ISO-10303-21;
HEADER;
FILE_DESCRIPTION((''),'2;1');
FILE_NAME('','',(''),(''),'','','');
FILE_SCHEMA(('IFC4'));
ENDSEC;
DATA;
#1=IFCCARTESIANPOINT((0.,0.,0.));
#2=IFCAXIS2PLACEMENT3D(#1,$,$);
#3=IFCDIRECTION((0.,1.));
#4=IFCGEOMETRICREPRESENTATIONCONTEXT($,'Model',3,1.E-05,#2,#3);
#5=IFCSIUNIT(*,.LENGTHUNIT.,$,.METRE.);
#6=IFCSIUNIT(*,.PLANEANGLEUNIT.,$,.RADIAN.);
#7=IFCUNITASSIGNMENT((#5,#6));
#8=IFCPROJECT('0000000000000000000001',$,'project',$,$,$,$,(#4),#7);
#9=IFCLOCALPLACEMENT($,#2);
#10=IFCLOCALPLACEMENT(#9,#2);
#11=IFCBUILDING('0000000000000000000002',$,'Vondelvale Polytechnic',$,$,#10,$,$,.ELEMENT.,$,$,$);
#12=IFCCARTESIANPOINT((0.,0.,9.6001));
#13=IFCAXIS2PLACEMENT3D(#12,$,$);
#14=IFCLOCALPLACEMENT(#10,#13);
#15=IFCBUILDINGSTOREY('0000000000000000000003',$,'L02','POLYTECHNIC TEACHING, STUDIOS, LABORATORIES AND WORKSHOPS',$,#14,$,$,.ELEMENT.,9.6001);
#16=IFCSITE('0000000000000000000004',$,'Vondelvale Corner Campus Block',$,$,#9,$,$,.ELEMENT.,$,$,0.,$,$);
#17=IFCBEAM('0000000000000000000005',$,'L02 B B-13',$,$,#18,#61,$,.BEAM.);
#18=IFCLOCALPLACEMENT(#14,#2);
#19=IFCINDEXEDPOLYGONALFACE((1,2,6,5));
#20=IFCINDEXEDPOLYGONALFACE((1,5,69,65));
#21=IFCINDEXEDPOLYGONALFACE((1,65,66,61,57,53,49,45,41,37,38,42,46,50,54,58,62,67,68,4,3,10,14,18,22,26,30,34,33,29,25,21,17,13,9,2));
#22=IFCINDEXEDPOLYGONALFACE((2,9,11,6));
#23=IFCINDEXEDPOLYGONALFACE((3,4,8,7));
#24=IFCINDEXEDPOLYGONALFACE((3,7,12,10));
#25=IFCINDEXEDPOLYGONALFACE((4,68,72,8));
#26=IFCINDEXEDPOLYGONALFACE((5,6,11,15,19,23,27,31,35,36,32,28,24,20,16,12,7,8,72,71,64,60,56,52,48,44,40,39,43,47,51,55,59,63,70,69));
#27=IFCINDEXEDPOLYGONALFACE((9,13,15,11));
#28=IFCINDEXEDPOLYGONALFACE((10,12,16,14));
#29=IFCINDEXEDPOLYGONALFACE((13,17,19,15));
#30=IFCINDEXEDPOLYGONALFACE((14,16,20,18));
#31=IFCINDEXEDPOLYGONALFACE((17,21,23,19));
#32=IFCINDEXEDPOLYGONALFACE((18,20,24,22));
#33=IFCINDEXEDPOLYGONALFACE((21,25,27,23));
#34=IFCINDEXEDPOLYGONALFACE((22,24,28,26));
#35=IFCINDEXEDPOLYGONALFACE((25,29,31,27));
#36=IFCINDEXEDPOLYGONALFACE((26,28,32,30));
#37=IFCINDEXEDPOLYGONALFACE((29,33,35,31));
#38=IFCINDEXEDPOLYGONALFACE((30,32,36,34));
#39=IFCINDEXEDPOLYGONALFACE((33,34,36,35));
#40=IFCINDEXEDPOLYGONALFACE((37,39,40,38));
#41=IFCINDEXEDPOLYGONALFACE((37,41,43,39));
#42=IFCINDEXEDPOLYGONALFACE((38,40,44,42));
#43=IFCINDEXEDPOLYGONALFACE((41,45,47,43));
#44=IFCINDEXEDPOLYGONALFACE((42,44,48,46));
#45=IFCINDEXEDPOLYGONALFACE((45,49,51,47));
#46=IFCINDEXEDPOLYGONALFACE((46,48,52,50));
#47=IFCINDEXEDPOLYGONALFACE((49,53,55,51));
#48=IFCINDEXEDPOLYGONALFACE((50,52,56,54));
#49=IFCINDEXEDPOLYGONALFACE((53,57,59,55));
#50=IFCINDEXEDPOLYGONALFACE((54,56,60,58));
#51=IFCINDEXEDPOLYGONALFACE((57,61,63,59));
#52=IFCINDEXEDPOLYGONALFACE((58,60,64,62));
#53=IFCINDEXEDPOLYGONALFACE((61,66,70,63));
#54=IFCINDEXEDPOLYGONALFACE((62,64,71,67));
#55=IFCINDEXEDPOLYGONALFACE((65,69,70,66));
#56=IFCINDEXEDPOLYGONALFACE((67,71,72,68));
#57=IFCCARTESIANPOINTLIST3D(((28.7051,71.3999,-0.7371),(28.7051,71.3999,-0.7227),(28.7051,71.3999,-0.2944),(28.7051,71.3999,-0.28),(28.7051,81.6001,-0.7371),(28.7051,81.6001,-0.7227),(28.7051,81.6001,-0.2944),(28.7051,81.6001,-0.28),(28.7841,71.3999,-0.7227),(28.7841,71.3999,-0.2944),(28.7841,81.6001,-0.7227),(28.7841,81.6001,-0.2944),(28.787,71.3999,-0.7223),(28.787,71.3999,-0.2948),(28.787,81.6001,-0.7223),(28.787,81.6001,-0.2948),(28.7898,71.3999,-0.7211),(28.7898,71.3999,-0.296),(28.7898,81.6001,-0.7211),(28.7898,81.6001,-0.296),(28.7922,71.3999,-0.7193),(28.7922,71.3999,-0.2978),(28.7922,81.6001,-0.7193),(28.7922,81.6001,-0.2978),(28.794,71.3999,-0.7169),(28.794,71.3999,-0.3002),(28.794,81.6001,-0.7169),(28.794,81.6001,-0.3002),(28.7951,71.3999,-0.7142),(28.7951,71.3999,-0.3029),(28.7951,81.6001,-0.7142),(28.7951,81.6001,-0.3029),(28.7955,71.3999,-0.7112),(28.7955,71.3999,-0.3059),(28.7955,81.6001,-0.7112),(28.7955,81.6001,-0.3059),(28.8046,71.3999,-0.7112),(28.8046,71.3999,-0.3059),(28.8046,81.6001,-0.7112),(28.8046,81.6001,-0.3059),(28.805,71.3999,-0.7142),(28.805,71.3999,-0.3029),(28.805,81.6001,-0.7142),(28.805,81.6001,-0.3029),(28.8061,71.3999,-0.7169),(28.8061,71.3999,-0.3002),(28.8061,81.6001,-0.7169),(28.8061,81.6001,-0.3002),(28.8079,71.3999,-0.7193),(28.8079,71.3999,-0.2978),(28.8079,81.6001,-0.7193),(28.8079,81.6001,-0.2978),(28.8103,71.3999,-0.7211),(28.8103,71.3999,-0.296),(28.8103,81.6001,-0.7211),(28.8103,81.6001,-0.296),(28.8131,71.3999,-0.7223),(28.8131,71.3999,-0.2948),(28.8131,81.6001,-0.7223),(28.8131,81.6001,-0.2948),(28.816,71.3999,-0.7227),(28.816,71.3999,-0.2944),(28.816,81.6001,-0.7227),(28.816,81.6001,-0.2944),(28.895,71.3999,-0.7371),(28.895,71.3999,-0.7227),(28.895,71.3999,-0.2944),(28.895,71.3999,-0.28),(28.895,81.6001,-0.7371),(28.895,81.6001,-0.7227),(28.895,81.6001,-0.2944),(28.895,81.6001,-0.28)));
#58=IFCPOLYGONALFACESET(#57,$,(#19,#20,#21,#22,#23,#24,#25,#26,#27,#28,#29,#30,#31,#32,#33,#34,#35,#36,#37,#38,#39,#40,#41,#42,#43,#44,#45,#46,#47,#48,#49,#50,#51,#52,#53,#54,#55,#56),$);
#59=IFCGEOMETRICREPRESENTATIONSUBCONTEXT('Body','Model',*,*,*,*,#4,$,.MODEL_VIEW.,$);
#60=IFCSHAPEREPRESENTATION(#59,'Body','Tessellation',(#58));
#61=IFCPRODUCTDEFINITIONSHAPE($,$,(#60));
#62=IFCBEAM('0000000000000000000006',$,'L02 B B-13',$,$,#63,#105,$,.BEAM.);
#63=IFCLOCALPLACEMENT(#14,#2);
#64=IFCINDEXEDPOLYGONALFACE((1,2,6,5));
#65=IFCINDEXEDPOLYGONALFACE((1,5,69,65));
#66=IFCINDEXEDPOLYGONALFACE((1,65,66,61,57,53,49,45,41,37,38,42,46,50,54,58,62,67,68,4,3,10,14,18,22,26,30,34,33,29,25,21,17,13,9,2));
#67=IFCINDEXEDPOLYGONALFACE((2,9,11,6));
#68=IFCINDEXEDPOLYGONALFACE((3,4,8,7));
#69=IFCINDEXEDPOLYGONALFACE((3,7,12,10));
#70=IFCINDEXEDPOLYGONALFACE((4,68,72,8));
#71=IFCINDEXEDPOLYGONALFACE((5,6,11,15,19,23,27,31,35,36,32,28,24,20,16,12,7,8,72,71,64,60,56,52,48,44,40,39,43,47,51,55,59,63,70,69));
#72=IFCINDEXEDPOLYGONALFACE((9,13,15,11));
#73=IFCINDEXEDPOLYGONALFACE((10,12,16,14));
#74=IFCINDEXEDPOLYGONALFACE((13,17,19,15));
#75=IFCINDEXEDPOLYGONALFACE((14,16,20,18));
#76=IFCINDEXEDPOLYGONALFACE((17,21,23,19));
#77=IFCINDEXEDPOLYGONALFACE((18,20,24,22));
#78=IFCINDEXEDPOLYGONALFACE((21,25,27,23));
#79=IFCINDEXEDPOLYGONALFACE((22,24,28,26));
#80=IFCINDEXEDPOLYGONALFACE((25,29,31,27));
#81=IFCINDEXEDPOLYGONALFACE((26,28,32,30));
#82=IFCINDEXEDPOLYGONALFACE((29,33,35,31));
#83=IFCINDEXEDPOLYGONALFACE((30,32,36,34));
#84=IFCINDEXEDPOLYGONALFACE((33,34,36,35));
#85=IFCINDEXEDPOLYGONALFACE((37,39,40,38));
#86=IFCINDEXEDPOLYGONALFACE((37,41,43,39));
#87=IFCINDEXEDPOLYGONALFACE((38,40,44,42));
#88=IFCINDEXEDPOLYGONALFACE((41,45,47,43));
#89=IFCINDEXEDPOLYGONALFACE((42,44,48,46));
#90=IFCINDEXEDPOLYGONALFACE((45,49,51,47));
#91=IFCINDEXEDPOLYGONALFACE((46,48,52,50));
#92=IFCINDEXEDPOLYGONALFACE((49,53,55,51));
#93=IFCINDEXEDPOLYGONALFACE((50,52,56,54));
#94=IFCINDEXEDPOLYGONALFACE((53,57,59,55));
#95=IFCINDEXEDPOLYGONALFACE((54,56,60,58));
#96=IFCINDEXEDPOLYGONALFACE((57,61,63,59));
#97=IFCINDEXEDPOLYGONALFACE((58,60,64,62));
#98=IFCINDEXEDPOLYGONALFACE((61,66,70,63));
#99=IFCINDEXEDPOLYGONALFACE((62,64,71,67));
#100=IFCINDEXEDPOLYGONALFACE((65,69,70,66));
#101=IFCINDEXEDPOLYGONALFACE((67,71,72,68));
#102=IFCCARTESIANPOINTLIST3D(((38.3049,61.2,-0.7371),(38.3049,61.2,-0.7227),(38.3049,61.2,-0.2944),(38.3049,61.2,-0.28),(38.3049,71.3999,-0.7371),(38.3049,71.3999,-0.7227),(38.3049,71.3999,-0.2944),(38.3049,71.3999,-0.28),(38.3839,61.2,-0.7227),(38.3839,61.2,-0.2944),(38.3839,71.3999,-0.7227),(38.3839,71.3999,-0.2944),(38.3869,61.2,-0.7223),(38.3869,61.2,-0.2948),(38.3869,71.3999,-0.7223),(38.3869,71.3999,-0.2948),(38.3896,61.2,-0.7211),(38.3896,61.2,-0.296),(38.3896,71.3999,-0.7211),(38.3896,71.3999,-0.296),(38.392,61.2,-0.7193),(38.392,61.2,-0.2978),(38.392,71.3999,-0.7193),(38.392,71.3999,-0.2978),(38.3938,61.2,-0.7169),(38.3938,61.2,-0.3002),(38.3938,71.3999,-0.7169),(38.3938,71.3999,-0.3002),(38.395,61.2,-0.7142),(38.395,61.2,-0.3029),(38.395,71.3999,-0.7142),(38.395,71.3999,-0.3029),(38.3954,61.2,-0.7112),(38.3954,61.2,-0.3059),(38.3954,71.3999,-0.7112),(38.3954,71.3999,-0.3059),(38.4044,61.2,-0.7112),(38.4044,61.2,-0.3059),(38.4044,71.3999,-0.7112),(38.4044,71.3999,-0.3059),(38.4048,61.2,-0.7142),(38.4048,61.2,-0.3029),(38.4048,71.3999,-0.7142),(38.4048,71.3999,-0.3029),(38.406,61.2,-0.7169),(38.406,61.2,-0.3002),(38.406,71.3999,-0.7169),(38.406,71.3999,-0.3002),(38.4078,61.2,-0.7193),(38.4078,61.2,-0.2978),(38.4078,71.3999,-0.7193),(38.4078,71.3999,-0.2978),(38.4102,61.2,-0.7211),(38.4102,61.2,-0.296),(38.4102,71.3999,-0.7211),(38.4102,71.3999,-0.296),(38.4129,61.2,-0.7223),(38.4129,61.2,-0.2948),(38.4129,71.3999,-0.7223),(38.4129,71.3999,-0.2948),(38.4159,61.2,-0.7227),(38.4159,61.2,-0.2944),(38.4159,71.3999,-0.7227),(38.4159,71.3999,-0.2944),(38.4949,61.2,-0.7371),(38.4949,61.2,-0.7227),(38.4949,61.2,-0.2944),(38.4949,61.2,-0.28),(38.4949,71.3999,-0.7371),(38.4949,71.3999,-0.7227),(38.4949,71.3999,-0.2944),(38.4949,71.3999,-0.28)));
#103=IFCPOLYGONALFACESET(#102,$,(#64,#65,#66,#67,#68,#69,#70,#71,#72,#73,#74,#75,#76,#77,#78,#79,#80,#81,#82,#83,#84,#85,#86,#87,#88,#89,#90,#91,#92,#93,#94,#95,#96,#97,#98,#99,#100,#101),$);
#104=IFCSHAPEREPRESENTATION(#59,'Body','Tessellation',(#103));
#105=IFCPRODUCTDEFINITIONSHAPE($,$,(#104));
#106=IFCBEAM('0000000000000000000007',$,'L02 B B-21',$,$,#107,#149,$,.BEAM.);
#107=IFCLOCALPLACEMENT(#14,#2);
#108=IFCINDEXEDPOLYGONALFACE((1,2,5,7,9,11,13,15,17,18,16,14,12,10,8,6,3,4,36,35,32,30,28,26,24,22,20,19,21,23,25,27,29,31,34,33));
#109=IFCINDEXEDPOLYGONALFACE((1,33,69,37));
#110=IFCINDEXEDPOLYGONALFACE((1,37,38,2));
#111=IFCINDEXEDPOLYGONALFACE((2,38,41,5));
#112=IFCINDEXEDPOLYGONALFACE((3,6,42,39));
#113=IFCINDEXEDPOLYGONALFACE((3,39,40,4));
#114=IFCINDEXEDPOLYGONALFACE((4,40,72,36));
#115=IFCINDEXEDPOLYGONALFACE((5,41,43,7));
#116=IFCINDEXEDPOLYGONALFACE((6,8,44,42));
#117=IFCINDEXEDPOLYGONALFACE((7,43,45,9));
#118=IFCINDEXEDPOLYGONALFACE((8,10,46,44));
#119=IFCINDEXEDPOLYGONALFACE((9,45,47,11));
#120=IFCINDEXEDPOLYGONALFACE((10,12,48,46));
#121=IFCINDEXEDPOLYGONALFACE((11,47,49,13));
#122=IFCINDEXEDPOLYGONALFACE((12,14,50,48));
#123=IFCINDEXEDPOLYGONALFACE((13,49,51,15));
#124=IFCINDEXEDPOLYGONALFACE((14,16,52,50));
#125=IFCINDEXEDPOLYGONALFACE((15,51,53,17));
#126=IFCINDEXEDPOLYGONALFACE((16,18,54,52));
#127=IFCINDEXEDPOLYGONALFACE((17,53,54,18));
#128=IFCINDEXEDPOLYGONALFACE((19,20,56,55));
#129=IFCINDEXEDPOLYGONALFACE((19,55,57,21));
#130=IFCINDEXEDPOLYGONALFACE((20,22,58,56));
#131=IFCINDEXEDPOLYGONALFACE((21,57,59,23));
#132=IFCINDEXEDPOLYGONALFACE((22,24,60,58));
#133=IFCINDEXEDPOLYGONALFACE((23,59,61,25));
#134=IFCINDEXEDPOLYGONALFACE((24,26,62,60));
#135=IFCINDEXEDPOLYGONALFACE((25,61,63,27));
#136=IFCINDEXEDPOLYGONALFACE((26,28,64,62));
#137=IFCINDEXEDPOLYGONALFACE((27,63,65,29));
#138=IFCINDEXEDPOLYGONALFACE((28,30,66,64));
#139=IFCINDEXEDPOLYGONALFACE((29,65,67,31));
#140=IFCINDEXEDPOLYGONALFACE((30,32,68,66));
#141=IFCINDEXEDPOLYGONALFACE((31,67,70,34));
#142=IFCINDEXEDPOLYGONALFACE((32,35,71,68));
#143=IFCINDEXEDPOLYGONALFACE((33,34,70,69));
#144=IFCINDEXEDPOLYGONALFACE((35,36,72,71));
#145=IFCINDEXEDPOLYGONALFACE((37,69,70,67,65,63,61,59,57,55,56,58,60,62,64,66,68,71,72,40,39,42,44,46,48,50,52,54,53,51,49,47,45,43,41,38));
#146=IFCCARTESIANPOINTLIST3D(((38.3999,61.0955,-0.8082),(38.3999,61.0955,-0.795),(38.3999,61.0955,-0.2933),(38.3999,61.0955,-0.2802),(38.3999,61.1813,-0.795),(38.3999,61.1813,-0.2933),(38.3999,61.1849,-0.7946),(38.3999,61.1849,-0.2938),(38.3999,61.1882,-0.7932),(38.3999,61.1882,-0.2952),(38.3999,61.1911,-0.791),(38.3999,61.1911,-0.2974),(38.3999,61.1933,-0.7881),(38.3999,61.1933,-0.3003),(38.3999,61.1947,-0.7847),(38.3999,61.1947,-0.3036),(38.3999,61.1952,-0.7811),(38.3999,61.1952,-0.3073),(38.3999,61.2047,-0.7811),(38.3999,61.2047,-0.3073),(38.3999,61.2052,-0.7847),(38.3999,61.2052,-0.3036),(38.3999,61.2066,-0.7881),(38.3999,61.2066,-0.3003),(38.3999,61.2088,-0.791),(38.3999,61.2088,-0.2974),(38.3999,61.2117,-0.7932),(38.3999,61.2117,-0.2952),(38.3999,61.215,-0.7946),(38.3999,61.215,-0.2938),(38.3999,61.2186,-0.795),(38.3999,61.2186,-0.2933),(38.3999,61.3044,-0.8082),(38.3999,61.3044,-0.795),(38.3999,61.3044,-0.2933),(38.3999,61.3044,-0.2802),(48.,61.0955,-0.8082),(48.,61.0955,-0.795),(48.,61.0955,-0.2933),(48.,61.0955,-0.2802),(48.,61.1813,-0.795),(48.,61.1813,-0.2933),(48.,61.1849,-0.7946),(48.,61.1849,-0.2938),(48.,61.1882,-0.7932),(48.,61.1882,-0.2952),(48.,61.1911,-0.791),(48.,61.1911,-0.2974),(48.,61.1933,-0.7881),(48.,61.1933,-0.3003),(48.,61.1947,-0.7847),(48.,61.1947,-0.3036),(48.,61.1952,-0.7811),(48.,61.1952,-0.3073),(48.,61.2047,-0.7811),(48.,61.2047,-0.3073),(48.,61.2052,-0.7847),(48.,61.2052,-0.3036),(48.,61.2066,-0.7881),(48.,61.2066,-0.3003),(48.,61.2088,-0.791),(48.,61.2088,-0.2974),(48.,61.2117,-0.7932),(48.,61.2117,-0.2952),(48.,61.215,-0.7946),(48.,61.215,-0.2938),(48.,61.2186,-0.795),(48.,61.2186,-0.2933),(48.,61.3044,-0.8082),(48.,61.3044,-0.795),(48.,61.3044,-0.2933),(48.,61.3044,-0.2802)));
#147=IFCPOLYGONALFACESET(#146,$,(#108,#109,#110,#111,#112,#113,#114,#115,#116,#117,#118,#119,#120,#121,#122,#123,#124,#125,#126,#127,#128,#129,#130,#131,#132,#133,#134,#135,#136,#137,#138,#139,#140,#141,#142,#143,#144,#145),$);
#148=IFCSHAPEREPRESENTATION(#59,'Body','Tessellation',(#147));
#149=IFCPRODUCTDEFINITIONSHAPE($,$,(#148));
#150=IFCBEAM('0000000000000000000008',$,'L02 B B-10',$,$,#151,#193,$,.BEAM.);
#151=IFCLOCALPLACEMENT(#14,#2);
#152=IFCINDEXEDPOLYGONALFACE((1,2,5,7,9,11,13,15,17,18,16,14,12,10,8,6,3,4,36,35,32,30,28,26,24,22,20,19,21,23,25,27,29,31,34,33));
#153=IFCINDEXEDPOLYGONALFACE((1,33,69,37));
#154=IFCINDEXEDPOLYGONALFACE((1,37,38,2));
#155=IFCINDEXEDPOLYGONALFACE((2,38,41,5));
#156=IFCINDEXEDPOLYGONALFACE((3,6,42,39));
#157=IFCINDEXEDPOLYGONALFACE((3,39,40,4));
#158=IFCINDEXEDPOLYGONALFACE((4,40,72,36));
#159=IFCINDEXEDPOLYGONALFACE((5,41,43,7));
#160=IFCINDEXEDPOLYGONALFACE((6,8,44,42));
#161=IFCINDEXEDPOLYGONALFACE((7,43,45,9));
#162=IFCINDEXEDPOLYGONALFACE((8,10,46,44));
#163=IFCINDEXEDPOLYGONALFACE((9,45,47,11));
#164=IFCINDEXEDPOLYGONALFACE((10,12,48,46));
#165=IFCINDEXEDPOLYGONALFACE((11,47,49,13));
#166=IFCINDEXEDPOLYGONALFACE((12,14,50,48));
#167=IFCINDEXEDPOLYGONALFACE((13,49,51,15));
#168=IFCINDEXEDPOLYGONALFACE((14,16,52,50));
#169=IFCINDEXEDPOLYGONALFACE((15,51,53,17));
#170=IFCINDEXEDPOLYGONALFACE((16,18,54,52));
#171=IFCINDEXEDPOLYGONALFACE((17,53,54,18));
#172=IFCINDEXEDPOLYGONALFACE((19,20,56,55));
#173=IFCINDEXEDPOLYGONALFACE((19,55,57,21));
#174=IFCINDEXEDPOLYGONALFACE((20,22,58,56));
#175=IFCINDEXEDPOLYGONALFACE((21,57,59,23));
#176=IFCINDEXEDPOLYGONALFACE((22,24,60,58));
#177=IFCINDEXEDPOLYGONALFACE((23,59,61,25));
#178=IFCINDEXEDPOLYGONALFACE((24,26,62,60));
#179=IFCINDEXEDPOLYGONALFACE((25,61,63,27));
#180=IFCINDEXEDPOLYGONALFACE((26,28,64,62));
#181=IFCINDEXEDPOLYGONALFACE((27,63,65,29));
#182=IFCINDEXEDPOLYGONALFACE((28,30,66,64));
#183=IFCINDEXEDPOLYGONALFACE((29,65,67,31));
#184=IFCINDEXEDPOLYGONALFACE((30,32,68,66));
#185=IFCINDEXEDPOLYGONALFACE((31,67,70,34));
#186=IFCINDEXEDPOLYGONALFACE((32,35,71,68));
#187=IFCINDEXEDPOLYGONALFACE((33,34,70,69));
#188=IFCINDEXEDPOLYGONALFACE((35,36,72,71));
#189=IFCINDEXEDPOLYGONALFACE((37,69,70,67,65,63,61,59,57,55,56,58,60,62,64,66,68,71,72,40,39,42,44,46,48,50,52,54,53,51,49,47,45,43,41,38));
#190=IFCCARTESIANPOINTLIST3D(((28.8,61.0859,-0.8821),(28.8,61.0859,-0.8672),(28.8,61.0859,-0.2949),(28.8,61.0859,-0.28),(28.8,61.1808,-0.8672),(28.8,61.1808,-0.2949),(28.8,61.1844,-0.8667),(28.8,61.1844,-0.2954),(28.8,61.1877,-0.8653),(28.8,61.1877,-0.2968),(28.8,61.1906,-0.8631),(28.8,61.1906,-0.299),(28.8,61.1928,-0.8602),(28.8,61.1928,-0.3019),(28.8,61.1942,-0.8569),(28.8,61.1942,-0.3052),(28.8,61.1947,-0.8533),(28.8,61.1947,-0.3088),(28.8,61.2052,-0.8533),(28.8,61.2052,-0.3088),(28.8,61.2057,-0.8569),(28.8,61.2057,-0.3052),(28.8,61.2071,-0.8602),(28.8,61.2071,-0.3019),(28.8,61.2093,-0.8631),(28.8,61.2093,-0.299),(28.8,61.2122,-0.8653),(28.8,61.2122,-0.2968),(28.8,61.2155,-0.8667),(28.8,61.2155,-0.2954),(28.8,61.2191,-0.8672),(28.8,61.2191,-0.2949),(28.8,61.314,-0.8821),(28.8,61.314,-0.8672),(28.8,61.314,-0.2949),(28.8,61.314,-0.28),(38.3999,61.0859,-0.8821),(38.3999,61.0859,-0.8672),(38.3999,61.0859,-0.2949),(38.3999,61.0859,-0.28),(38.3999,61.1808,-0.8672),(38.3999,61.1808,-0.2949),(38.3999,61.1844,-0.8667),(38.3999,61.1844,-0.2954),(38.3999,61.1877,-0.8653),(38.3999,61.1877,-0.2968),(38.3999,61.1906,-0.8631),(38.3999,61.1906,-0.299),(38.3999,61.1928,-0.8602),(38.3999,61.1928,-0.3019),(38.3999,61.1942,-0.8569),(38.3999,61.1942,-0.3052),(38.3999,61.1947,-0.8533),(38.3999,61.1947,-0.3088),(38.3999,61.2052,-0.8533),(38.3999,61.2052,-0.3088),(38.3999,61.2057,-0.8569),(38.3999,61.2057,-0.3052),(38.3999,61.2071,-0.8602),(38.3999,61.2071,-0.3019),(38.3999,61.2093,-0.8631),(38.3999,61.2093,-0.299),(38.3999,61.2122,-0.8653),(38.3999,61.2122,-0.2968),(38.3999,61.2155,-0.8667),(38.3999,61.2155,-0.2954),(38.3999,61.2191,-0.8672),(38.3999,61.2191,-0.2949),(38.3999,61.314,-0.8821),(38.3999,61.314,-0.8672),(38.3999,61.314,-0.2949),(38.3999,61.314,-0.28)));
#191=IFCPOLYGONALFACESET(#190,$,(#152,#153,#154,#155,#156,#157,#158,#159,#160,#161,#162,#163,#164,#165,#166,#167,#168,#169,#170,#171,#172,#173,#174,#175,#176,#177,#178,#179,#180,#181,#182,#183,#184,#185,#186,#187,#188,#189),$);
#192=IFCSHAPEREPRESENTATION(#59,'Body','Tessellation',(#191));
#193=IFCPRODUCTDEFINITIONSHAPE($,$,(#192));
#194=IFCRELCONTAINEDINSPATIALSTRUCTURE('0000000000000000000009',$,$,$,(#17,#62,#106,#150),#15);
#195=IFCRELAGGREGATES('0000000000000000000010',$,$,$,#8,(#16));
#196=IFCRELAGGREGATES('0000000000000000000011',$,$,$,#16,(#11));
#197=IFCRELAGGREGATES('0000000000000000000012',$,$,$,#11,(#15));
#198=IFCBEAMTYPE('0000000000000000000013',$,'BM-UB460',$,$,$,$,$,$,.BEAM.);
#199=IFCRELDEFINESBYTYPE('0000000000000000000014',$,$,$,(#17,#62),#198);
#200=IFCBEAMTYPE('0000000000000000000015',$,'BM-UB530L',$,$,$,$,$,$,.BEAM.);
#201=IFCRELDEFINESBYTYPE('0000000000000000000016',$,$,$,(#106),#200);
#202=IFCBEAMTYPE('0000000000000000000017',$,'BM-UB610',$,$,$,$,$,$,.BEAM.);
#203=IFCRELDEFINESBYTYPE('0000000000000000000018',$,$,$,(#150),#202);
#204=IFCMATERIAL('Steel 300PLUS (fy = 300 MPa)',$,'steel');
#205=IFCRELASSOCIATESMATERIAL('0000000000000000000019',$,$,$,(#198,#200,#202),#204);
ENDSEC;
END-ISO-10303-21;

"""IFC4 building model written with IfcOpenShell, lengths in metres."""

from ifc_helpers import new_model, si_unit, direction, frame, origin, origin_2d, place, context, subcontext, project, spatial, i_section, extrude, material, material_profile, profile_set, type_object, element, save


model = new_model("IFC4")

# Units and contexts
model_context = context("Model", 3, precision=1e-05, world=origin(), true_north=direction((0.0, 1.0)))
body_context = subcontext(model_context, "Body", "Model", "MODEL_VIEW")
ifc_project = project(units=[si_unit("LENGTHUNIT", "METRE"), si_unit("PLANEANGLEUNIT", "RADIAN")], contexts=[model_context])

# Site, building, storey
site_placement = place(None, origin())
site = spatial("IfcSite", under=ifc_project, at=site_placement, Name="Vondelvale Corner Campus Block", CompositionType="ELEMENT", RefElevation=0.0)
building_placement = place(site_placement, origin())
building = spatial("IfcBuilding", under=site, at=building_placement, Name="Vondelvale Polytechnic", CompositionType="ELEMENT")
storey_placement = place(building_placement, frame((0.0, 0.0, 9.6001)))
storey = spatial("IfcBuildingStorey", under=building, at=storey_placement, Name="L02", Description="POLYTECHNIC TEACHING, STUDIOS, LABORATORIES AND WORKSHOPS", CompositionType="ELEMENT", Elevation=9.6001)

# Shared definitions
ifc_material_1 = material(Name="Steel 300PLUS (fy = 300 MPa)", Category="steel")

# Beams
ifc_material_profile_1 = material_profile(ifc_material_1, i_section(OverallWidth=0.1899, OverallDepth=0.457, WebThickness=0.009, FlangeThickness=0.0144, FilletRadius=0.0115, at=origin_2d()), Name="460UB74.6")
ifc_profile_set_1 = profile_set([ifc_material_profile_1], Name="Steel 300PLUS (fy = 300 MPa)")
beam_type_1 = type_object("IfcBeamType", Name="BM-UB460", PredefinedType="BEAM", material=ifc_profile_set_1)
beam_1_placement = place(storey_placement, frame((28.8, 71.3999, -0.5085), z_axis=(0.0, 1.0, 0.0), x_axis=(-1.0, 0.0, 0.0)))
element("IfcBeam", 1, at=beam_1_placement, inside=storey, type_object=beam_type_1, Name="L02 B B-13", PredefinedType="BEAM", context=body_context, shape_type="SweptSolid", body=[
    extrude(i_section(OverallWidth=0.1899, OverallDepth=0.457, WebThickness=0.009, FlangeThickness=0.0144, FilletRadius=0.0115, at=origin_2d()), origin(), (0.0, 0.0, 1.0), 10.2002),
])
beam_2_placement = place(storey_placement, frame((38.3999, 61.2, -0.5085), z_axis=(0.0, 1.0, 0.0), x_axis=(-1.0, 0.0, 0.0)))
element("IfcBeam", 2, at=beam_2_placement, inside=storey, type_object=beam_type_1, Name="L02 B B-13", PredefinedType="BEAM", context=body_context, shape_type="SweptSolid", body=[
    extrude(i_section(OverallWidth=0.1899, OverallDepth=0.457, WebThickness=0.009, FlangeThickness=0.0144, FilletRadius=0.0115, at=origin_2d()), origin(), (0.0, 0.0, 1.0), 10.2),
])
ifc_material_profile_2 = material_profile(ifc_material_1, i_section(OverallWidth=0.209, OverallDepth=0.5281, WebThickness=0.0095, FlangeThickness=0.0132, FilletRadius=0.0139, at=origin_2d()), Name="530UB82.0")
ifc_profile_set_2 = profile_set([ifc_material_profile_2], Name="Steel 300PLUS (fy = 300 MPa)")
beam_type_2 = type_object("IfcBeamType", Name="BM-UB530L", PredefinedType="BEAM", material=ifc_profile_set_2)
beam_3_placement = place(storey_placement, frame((38.3999, 61.2, -0.5442), z_axis=(1.0, 0.0, 0.0), x_axis=(0.0, 1.0, 0.0)))
element("IfcBeam", 3, at=beam_3_placement, inside=storey, type_object=beam_type_2, Name="L02 B B-21", PredefinedType="BEAM", context=body_context, shape_type="SweptSolid", body=[
    extrude(i_section(OverallWidth=0.209, OverallDepth=0.5281, WebThickness=0.0095, FlangeThickness=0.0132, FilletRadius=0.0139, at=origin_2d()), origin(), (0.0, 0.0, 1.0), 9.6001),
])
ifc_material_profile_3 = material_profile(ifc_material_1, i_section(OverallWidth=0.228, OverallDepth=0.6021, WebThickness=0.0105, FlangeThickness=0.0149, FilletRadius=0.0139, at=origin_2d()), Name="610UB101")
ifc_profile_set_3 = profile_set([ifc_material_profile_3], Name="Steel 300PLUS (fy = 300 MPa)")
beam_type_3 = type_object("IfcBeamType", Name="BM-UB610", PredefinedType="BEAM", material=ifc_profile_set_3)
for number, where, z_axis, x_axis, name in (
    (4, (28.8, 61.2, -0.5811), (1.0, 0.0, 0.0), (0.0, 1.0, 0.0), "L02 B B-10"),
):
    element("IfcBeam", number, at=place(storey_placement, frame(where, z_axis=z_axis, x_axis=x_axis)), inside=storey, type_object=beam_type_3, Name=name, PredefinedType="BEAM", context=body_context, shape_type="SweptSolid", body=[
        extrude(i_section(OverallWidth=0.228, OverallDepth=0.6021, WebThickness=0.0105, FlangeThickness=0.0149, FilletRadius=0.0139, at=origin_2d()), origin(), (0.0, 0.0, 1.0), 9.5999),
    ])

save(model, "model.ifc")
